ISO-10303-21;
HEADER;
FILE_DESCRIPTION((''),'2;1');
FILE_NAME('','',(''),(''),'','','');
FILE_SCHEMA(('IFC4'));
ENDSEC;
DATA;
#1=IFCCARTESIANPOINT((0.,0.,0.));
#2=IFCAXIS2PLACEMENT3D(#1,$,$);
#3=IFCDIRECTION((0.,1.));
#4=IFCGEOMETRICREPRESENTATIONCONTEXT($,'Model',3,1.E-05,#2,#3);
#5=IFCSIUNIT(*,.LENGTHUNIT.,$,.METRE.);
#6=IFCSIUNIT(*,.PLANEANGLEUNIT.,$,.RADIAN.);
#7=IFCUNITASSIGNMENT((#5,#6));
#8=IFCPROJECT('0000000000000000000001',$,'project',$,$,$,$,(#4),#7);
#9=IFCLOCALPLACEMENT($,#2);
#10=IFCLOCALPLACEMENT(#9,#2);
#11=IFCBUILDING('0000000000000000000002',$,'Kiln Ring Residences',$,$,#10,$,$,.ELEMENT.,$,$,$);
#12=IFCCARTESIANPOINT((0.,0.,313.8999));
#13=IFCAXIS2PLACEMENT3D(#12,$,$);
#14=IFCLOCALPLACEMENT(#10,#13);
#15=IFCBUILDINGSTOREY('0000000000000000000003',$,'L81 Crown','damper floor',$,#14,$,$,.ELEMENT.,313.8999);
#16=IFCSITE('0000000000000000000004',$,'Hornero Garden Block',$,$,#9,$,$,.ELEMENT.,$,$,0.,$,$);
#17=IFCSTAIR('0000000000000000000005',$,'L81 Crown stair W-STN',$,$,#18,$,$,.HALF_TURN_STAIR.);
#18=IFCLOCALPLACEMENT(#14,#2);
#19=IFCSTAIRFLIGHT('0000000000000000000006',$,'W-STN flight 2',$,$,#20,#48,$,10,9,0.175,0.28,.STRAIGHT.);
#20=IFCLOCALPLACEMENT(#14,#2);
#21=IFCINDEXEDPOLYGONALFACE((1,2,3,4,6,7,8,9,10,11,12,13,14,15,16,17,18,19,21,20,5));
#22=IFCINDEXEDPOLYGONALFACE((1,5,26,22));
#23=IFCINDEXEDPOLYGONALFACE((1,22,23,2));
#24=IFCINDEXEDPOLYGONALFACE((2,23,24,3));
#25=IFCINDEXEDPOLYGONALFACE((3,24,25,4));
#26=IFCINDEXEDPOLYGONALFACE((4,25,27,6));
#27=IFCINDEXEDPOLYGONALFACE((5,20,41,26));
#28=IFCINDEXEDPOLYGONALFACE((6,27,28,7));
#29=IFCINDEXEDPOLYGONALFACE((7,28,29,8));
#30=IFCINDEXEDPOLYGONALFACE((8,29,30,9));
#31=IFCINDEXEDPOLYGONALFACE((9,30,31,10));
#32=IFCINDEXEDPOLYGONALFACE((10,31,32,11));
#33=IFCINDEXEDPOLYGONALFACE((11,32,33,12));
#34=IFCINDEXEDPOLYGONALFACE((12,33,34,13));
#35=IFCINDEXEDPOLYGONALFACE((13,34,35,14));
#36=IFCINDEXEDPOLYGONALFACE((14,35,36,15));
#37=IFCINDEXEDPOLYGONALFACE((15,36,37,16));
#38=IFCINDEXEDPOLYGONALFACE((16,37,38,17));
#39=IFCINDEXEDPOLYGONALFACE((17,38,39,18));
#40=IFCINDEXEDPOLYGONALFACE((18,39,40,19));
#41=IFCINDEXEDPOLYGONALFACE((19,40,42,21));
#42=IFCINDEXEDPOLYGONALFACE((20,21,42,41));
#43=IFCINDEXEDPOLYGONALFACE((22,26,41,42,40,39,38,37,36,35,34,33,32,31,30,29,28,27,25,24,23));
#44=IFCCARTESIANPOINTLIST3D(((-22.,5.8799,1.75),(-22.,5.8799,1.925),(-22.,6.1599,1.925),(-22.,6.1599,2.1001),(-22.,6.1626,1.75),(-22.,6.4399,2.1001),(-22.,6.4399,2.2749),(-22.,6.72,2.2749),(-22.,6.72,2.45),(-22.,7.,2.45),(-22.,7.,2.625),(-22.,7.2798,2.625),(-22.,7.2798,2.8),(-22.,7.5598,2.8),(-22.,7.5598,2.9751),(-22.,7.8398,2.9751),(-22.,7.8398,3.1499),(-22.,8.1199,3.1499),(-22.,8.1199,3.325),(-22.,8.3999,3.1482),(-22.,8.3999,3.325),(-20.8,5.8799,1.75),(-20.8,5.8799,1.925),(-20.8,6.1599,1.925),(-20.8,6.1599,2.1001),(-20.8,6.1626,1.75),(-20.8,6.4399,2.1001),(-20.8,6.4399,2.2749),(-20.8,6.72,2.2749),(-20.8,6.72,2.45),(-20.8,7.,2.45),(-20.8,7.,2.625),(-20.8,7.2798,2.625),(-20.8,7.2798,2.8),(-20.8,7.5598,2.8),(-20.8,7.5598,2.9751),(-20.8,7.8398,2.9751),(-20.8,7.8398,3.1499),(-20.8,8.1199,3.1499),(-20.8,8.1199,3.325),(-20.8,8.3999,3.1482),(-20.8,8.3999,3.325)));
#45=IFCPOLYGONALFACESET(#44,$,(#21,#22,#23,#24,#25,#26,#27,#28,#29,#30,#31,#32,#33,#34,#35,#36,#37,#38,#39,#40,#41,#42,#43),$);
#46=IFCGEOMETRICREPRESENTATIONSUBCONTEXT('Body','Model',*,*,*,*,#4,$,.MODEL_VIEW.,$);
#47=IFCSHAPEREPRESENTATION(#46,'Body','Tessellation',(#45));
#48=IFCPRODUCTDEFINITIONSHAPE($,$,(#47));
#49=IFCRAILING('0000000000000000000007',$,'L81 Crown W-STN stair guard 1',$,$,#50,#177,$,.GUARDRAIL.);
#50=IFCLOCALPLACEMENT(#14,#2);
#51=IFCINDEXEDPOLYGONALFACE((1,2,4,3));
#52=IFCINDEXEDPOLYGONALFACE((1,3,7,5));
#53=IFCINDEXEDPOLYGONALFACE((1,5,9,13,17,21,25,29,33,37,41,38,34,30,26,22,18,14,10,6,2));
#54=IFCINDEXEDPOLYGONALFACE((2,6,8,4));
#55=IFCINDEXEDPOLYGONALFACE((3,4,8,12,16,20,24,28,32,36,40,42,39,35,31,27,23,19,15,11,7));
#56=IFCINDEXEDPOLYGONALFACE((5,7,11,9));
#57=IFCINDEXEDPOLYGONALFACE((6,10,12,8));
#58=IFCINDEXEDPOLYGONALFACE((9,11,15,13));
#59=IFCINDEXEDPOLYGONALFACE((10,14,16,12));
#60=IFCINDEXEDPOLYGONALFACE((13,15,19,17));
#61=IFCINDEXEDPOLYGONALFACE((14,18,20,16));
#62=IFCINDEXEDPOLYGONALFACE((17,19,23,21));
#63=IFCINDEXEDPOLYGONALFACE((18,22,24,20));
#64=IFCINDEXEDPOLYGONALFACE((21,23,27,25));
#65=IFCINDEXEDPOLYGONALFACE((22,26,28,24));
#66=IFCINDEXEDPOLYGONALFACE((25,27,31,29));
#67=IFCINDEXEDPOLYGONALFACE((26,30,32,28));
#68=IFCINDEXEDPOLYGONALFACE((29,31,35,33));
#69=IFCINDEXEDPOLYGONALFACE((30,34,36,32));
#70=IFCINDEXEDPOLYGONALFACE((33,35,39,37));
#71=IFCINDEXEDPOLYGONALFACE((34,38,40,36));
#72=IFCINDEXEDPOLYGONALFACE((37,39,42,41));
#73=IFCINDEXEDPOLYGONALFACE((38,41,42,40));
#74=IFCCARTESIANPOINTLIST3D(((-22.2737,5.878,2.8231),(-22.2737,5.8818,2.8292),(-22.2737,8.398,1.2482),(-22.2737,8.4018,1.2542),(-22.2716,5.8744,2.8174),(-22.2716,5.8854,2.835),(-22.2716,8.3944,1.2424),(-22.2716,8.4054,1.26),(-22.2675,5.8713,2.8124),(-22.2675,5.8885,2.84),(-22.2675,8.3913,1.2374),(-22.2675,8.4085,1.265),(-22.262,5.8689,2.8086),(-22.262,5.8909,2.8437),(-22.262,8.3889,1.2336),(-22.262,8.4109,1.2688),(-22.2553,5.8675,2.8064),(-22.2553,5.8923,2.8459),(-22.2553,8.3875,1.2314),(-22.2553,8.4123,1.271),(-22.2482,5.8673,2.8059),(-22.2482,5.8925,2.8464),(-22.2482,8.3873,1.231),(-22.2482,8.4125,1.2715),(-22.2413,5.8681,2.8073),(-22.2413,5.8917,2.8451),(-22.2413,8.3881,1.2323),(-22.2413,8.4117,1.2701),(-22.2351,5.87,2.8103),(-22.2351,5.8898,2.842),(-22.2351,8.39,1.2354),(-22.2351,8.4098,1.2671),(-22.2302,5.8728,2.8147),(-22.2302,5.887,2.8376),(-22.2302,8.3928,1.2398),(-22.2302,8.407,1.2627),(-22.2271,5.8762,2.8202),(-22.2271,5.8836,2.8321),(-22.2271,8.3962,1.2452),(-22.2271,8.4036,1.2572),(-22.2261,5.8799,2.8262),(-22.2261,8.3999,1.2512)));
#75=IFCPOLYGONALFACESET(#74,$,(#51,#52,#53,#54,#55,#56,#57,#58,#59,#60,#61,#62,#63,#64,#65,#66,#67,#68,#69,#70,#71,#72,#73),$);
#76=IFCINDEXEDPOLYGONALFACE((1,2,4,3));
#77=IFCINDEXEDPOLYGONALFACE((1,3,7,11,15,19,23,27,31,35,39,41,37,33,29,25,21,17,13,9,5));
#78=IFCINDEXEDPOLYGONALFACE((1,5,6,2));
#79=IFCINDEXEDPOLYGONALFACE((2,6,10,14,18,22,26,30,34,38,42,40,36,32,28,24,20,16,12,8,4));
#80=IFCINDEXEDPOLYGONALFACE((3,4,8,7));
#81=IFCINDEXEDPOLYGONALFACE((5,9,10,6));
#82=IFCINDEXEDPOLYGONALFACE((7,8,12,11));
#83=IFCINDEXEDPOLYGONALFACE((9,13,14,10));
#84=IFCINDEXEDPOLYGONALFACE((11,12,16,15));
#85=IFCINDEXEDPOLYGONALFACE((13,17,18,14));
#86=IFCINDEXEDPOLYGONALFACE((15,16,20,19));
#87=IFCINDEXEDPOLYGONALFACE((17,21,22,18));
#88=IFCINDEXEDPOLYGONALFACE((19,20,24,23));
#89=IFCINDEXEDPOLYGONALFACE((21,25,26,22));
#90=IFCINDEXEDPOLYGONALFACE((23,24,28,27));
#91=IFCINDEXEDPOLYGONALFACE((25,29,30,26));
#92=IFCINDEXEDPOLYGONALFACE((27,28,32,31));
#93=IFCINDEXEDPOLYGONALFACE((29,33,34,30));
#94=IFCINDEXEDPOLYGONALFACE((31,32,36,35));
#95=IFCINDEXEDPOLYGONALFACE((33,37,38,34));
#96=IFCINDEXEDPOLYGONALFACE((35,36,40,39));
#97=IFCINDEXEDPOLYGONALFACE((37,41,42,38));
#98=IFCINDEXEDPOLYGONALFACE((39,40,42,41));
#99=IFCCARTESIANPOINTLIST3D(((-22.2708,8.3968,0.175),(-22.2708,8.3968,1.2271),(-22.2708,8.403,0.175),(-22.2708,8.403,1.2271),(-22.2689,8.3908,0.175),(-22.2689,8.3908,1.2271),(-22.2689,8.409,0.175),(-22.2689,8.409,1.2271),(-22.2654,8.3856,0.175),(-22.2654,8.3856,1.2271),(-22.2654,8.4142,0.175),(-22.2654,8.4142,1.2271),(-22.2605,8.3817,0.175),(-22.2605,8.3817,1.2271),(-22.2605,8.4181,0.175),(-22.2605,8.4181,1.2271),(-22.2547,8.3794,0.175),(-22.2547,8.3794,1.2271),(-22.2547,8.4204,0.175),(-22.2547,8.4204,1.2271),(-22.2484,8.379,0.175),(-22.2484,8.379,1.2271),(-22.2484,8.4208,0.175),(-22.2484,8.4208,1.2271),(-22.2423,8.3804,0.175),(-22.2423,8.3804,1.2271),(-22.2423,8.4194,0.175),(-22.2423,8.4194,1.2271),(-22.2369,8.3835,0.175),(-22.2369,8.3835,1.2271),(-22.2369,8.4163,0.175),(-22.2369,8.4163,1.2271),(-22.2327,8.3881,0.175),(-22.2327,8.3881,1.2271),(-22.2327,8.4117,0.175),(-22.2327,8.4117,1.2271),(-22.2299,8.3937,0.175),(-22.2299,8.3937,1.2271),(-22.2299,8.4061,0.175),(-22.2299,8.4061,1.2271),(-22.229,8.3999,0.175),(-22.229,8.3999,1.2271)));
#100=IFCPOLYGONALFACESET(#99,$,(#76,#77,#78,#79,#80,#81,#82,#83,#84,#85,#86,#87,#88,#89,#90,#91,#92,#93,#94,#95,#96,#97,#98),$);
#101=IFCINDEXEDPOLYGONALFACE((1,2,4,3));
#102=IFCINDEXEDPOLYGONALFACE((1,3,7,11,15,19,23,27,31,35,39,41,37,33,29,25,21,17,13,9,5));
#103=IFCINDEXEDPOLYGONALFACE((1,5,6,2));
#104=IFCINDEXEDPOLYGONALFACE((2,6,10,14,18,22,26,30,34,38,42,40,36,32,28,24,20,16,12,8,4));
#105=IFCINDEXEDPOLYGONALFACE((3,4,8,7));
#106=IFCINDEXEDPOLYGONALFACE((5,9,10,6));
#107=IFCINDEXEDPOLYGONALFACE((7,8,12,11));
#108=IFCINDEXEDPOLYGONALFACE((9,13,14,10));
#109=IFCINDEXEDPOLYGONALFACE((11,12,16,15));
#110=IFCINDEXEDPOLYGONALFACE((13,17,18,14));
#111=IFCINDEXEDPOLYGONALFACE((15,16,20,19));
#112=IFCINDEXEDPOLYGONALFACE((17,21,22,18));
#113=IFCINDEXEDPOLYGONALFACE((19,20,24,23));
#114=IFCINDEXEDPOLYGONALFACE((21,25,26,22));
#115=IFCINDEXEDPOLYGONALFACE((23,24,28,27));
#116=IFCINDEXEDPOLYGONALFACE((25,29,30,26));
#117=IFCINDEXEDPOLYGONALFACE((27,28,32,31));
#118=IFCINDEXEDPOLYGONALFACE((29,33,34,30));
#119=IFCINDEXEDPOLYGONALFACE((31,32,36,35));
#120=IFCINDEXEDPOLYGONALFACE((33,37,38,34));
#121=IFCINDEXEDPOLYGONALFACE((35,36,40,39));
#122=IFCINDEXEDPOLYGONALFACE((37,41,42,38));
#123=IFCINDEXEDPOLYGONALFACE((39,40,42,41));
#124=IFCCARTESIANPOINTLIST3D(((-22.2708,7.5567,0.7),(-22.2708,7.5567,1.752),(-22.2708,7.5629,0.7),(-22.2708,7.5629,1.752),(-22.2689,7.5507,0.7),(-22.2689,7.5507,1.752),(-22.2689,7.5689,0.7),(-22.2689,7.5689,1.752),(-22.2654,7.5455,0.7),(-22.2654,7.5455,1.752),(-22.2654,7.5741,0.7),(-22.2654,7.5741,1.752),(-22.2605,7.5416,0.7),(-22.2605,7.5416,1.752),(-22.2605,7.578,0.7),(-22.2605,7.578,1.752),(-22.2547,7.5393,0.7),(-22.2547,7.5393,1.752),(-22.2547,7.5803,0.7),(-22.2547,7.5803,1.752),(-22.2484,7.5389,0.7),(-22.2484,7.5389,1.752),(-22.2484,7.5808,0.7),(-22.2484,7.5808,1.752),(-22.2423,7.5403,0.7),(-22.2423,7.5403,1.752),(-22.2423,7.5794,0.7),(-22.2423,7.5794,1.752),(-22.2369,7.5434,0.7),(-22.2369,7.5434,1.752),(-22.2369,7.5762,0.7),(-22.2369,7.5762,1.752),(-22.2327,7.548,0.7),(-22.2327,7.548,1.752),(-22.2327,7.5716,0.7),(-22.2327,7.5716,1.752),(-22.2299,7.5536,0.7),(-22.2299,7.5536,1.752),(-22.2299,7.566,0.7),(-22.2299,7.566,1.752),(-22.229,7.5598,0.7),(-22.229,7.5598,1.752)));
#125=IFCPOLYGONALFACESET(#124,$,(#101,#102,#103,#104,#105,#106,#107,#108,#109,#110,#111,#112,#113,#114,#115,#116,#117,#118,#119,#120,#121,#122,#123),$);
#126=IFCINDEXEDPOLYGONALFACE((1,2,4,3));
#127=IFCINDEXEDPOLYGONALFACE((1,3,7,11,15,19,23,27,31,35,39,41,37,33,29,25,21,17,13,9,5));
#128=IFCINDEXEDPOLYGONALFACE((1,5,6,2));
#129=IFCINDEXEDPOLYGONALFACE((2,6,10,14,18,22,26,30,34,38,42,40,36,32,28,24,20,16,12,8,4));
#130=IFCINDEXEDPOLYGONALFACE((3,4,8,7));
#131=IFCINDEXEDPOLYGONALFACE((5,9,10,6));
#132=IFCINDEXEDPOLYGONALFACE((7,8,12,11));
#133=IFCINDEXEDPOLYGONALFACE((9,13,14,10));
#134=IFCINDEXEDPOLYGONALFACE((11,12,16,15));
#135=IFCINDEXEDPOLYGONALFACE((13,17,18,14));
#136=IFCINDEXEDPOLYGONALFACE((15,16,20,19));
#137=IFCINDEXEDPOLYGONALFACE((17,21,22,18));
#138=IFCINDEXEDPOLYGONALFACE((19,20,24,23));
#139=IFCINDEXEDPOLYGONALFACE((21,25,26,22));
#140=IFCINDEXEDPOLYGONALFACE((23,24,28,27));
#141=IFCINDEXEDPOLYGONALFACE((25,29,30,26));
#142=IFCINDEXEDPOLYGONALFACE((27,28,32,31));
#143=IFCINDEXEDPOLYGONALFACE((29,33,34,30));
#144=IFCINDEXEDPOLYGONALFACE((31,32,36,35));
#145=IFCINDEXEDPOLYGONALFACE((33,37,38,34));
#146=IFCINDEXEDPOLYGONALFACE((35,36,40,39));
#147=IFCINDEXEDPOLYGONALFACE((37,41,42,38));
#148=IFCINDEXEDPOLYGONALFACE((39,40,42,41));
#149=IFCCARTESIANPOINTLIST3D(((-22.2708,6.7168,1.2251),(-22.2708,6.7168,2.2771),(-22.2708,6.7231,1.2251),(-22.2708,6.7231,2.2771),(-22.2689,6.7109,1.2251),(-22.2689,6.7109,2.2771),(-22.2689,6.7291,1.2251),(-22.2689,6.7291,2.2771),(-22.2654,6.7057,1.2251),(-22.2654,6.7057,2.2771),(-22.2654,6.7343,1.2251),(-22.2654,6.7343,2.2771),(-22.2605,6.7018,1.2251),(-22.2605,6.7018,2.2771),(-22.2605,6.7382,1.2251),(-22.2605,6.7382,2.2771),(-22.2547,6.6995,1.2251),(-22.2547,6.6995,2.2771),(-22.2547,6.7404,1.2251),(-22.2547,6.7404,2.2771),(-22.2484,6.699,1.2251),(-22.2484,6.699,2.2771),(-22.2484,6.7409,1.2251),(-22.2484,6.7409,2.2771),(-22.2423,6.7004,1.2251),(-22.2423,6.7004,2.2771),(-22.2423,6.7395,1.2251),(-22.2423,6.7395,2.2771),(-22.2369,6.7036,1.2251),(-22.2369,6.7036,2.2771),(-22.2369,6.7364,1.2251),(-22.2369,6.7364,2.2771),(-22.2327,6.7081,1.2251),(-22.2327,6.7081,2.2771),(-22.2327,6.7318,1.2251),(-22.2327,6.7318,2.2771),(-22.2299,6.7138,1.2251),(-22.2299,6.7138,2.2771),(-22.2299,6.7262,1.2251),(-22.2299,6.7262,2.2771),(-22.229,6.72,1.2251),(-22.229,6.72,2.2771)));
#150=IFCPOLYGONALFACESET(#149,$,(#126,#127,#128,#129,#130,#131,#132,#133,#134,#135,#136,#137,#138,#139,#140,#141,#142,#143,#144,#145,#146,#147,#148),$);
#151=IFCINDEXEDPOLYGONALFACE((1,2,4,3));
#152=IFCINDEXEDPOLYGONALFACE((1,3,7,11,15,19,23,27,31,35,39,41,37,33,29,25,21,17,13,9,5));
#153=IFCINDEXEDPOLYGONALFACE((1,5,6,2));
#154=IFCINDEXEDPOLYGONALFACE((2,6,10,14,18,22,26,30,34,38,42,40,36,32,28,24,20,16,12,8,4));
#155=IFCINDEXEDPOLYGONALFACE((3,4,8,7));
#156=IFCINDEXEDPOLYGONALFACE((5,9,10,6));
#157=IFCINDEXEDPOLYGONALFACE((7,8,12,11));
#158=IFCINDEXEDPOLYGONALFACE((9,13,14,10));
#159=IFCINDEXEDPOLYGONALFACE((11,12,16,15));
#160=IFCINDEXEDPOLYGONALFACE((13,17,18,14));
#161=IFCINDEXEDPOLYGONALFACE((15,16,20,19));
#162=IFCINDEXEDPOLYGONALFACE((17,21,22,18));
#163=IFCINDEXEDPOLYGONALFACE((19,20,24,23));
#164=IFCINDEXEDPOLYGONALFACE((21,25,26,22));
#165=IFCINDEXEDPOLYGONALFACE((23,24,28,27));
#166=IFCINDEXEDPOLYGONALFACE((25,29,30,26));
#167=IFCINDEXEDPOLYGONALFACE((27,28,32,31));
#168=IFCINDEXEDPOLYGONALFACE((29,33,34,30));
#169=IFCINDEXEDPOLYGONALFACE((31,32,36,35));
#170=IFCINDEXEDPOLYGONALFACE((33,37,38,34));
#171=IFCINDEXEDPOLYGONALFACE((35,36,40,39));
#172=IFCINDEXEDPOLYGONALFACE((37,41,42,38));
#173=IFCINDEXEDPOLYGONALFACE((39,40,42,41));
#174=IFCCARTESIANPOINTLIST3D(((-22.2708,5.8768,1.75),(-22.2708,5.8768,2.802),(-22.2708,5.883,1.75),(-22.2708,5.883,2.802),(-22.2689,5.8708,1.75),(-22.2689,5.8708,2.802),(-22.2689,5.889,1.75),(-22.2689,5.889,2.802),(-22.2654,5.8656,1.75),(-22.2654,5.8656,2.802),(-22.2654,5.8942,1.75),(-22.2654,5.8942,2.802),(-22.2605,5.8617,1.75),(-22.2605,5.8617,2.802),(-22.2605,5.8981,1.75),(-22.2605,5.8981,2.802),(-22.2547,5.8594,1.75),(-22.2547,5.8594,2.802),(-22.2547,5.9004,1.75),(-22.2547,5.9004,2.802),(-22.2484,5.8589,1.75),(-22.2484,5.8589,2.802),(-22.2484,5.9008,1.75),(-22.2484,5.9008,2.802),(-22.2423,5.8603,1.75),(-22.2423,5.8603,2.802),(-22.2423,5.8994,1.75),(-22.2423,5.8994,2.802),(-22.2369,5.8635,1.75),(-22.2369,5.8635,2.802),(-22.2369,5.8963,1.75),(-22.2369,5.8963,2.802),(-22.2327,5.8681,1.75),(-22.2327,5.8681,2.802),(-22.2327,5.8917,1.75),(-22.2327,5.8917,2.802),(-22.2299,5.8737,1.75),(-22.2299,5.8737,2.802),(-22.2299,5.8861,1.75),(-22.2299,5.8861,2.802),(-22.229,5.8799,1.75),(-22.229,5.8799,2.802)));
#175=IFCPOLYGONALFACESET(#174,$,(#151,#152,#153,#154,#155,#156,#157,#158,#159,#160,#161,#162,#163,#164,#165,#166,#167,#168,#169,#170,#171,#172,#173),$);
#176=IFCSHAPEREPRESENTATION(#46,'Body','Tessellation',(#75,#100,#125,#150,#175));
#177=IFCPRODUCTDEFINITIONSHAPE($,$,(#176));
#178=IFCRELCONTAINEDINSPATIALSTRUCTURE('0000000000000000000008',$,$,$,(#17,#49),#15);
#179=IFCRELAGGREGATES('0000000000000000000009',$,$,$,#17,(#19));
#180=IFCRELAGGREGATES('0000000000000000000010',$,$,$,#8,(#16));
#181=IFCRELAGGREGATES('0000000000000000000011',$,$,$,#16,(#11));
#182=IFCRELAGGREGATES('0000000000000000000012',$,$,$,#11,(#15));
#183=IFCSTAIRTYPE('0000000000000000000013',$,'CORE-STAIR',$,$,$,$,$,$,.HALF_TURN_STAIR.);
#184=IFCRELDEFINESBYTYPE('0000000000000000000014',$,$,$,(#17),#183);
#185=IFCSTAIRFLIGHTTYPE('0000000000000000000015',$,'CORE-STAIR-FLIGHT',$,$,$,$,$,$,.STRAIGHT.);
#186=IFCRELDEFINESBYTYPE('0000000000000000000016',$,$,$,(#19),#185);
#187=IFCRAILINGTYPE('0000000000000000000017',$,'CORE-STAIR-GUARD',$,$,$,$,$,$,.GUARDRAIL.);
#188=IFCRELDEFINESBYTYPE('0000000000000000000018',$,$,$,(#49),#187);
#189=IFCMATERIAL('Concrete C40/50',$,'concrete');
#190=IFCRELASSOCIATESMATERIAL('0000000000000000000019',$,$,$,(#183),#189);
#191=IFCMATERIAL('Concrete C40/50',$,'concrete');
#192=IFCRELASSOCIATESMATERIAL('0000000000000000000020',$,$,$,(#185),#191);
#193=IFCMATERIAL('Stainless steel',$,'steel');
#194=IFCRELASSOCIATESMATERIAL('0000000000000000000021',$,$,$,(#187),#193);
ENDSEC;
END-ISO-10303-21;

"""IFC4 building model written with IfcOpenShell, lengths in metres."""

from ifc_helpers import new_model, si_unit, direction, frame, origin, origin_2d, place, context, subcontext, project, spatial, polyline, circle, outline, extrude, material, type_object, element, aggregate, save


model = new_model("IFC4")

# Units and contexts
model_context = context("Model", 3, precision=1e-05, world=origin(), true_north=direction((0.0, 1.0)))
body_context = subcontext(model_context, "Body", "Model", "MODEL_VIEW")
ifc_project = project(units=[si_unit("LENGTHUNIT", "METRE"), si_unit("PLANEANGLEUNIT", "RADIAN")], contexts=[model_context])

# Site, building, storey
site_placement = place(None, origin())
site = spatial("IfcSite", under=ifc_project, at=site_placement, Name="Hornero Garden Block", CompositionType="ELEMENT", RefElevation=0.0)
building_placement = place(site_placement, origin())
building = spatial("IfcBuilding", under=site, at=building_placement, Name="Kiln Ring Residences", CompositionType="ELEMENT")
storey_placement = place(building_placement, frame((0.0, 0.0, 313.8999)))
storey = spatial("IfcBuildingStorey", under=building, at=storey_placement, Name="L81 Crown", Description="damper floor", CompositionType="ELEMENT", Elevation=313.8999)

# Shared definitions
placement = place(storey_placement, origin())

# Stair, stair flight
ifc_material_1 = material(Name="Concrete C40/50", Category="concrete")
stair_type = type_object("IfcStairType", Name="CORE-STAIR", PredefinedType="HALF_TURN_STAIR", material=ifc_material_1)
stair = element("IfcStair", 1, at=placement, inside=storey, type_object=stair_type, Name="L81 Crown stair W-STN", PredefinedType="HALF_TURN_STAIR")
ifc_material_2 = material(Name="Concrete C40/50", Category="concrete")
stair_flight_type = type_object("IfcStairFlightType", Name="CORE-STAIR-FLIGHT", PredefinedType="STRAIGHT", material=ifc_material_2)
stair_flight_1_placement = place(storey_placement, frame((-21.3999, 5.8799, 1.75), z_axis=(0.0, 0.0, 1.0), x_axis=(0.0, 1.0, 0.0)))
stair_flight_1 = element("IfcStairFlight", 2, at=stair_flight_1_placement, type_object=stair_flight_type, Name="W-STN flight 2", NumberOfRisers=10, NumberOfTreads=9, PredefinedType="STRAIGHT", RiserHeight=0.175, TreadLength=0.28, context=body_context, shape_type="SweptSolid", body=[
    extrude(outline(polyline([(0.0, 0.0), (0.0, 0.175), (0.28, 0.175), (0.28, 0.3501), (0.5601, 0.3501), (0.5601, 0.5249), (0.8401, 0.5249), (0.8401, 0.7), (1.1201, 0.7), (1.1201, 0.875), (1.3999, 0.875), (1.3999, 1.05), (1.6799, 1.05), (1.6799, 1.2251), (1.96, 1.2251), (1.96, 1.3999), (2.24, 1.3999), (2.24, 1.575), (2.52, 1.575), (2.52, 1.75), (2.52, 1.3982), (0.2827, 0.0), (0.0, 0.0)])), frame((0.0, 0.6001, 0.0), z_axis=(0.0, -1.0, 0.0), x_axis=(1.0, 0.0, 0.0)), (0.0, 0.0, 1.0), 1.2),
])
aggregate(stair, [stair_flight_1])

# Railing
ifc_material_3 = material(Name="Stainless steel", Category="steel")
railing_type_1 = type_object("IfcRailingType", Name="CORE-STAIR-GUARD", PredefinedType="GUARDRAIL", material=ifc_material_3)
railing_1_placement = place(storey_placement, frame((-22.25, 8.3999, 0.175)))
element("IfcRailing", 3, at=railing_1_placement, inside=storey, type_object=railing_type_1, Name="L81 Crown W-STN stair guard 1", PredefinedType="GUARDRAIL", context=body_context, shape_type="SweptSolid", body=[
    extrude(circle(Radius=0.0239, at=origin_2d()), frame((0.0, 0.0, 1.0762), z_axis=(0.0, -0.848008, 0.529984), x_axis=(1.0, 0.0, 0.0)), (0.0, 0.0, 1.0), 2.9717),
    extrude(circle(Radius=0.021, at=origin_2d()), origin(), (0.0, 0.0, 1.0), 1.052),
    extrude(circle(Radius=0.021, at=origin_2d()), frame((0.0, -0.8401, 0.5249)), (0.0, 0.0, 1.0), 1.052),
    extrude(circle(Radius=0.021, at=origin_2d()), frame((0.0, -1.6799, 1.05)), (0.0, 0.0, 1.0), 1.052),
    extrude(circle(Radius=0.021, at=origin_2d()), frame((0.0, -2.52, 1.575)), (0.0, 0.0, 1.0), 1.052),
])

save(model, "model.ifc")
